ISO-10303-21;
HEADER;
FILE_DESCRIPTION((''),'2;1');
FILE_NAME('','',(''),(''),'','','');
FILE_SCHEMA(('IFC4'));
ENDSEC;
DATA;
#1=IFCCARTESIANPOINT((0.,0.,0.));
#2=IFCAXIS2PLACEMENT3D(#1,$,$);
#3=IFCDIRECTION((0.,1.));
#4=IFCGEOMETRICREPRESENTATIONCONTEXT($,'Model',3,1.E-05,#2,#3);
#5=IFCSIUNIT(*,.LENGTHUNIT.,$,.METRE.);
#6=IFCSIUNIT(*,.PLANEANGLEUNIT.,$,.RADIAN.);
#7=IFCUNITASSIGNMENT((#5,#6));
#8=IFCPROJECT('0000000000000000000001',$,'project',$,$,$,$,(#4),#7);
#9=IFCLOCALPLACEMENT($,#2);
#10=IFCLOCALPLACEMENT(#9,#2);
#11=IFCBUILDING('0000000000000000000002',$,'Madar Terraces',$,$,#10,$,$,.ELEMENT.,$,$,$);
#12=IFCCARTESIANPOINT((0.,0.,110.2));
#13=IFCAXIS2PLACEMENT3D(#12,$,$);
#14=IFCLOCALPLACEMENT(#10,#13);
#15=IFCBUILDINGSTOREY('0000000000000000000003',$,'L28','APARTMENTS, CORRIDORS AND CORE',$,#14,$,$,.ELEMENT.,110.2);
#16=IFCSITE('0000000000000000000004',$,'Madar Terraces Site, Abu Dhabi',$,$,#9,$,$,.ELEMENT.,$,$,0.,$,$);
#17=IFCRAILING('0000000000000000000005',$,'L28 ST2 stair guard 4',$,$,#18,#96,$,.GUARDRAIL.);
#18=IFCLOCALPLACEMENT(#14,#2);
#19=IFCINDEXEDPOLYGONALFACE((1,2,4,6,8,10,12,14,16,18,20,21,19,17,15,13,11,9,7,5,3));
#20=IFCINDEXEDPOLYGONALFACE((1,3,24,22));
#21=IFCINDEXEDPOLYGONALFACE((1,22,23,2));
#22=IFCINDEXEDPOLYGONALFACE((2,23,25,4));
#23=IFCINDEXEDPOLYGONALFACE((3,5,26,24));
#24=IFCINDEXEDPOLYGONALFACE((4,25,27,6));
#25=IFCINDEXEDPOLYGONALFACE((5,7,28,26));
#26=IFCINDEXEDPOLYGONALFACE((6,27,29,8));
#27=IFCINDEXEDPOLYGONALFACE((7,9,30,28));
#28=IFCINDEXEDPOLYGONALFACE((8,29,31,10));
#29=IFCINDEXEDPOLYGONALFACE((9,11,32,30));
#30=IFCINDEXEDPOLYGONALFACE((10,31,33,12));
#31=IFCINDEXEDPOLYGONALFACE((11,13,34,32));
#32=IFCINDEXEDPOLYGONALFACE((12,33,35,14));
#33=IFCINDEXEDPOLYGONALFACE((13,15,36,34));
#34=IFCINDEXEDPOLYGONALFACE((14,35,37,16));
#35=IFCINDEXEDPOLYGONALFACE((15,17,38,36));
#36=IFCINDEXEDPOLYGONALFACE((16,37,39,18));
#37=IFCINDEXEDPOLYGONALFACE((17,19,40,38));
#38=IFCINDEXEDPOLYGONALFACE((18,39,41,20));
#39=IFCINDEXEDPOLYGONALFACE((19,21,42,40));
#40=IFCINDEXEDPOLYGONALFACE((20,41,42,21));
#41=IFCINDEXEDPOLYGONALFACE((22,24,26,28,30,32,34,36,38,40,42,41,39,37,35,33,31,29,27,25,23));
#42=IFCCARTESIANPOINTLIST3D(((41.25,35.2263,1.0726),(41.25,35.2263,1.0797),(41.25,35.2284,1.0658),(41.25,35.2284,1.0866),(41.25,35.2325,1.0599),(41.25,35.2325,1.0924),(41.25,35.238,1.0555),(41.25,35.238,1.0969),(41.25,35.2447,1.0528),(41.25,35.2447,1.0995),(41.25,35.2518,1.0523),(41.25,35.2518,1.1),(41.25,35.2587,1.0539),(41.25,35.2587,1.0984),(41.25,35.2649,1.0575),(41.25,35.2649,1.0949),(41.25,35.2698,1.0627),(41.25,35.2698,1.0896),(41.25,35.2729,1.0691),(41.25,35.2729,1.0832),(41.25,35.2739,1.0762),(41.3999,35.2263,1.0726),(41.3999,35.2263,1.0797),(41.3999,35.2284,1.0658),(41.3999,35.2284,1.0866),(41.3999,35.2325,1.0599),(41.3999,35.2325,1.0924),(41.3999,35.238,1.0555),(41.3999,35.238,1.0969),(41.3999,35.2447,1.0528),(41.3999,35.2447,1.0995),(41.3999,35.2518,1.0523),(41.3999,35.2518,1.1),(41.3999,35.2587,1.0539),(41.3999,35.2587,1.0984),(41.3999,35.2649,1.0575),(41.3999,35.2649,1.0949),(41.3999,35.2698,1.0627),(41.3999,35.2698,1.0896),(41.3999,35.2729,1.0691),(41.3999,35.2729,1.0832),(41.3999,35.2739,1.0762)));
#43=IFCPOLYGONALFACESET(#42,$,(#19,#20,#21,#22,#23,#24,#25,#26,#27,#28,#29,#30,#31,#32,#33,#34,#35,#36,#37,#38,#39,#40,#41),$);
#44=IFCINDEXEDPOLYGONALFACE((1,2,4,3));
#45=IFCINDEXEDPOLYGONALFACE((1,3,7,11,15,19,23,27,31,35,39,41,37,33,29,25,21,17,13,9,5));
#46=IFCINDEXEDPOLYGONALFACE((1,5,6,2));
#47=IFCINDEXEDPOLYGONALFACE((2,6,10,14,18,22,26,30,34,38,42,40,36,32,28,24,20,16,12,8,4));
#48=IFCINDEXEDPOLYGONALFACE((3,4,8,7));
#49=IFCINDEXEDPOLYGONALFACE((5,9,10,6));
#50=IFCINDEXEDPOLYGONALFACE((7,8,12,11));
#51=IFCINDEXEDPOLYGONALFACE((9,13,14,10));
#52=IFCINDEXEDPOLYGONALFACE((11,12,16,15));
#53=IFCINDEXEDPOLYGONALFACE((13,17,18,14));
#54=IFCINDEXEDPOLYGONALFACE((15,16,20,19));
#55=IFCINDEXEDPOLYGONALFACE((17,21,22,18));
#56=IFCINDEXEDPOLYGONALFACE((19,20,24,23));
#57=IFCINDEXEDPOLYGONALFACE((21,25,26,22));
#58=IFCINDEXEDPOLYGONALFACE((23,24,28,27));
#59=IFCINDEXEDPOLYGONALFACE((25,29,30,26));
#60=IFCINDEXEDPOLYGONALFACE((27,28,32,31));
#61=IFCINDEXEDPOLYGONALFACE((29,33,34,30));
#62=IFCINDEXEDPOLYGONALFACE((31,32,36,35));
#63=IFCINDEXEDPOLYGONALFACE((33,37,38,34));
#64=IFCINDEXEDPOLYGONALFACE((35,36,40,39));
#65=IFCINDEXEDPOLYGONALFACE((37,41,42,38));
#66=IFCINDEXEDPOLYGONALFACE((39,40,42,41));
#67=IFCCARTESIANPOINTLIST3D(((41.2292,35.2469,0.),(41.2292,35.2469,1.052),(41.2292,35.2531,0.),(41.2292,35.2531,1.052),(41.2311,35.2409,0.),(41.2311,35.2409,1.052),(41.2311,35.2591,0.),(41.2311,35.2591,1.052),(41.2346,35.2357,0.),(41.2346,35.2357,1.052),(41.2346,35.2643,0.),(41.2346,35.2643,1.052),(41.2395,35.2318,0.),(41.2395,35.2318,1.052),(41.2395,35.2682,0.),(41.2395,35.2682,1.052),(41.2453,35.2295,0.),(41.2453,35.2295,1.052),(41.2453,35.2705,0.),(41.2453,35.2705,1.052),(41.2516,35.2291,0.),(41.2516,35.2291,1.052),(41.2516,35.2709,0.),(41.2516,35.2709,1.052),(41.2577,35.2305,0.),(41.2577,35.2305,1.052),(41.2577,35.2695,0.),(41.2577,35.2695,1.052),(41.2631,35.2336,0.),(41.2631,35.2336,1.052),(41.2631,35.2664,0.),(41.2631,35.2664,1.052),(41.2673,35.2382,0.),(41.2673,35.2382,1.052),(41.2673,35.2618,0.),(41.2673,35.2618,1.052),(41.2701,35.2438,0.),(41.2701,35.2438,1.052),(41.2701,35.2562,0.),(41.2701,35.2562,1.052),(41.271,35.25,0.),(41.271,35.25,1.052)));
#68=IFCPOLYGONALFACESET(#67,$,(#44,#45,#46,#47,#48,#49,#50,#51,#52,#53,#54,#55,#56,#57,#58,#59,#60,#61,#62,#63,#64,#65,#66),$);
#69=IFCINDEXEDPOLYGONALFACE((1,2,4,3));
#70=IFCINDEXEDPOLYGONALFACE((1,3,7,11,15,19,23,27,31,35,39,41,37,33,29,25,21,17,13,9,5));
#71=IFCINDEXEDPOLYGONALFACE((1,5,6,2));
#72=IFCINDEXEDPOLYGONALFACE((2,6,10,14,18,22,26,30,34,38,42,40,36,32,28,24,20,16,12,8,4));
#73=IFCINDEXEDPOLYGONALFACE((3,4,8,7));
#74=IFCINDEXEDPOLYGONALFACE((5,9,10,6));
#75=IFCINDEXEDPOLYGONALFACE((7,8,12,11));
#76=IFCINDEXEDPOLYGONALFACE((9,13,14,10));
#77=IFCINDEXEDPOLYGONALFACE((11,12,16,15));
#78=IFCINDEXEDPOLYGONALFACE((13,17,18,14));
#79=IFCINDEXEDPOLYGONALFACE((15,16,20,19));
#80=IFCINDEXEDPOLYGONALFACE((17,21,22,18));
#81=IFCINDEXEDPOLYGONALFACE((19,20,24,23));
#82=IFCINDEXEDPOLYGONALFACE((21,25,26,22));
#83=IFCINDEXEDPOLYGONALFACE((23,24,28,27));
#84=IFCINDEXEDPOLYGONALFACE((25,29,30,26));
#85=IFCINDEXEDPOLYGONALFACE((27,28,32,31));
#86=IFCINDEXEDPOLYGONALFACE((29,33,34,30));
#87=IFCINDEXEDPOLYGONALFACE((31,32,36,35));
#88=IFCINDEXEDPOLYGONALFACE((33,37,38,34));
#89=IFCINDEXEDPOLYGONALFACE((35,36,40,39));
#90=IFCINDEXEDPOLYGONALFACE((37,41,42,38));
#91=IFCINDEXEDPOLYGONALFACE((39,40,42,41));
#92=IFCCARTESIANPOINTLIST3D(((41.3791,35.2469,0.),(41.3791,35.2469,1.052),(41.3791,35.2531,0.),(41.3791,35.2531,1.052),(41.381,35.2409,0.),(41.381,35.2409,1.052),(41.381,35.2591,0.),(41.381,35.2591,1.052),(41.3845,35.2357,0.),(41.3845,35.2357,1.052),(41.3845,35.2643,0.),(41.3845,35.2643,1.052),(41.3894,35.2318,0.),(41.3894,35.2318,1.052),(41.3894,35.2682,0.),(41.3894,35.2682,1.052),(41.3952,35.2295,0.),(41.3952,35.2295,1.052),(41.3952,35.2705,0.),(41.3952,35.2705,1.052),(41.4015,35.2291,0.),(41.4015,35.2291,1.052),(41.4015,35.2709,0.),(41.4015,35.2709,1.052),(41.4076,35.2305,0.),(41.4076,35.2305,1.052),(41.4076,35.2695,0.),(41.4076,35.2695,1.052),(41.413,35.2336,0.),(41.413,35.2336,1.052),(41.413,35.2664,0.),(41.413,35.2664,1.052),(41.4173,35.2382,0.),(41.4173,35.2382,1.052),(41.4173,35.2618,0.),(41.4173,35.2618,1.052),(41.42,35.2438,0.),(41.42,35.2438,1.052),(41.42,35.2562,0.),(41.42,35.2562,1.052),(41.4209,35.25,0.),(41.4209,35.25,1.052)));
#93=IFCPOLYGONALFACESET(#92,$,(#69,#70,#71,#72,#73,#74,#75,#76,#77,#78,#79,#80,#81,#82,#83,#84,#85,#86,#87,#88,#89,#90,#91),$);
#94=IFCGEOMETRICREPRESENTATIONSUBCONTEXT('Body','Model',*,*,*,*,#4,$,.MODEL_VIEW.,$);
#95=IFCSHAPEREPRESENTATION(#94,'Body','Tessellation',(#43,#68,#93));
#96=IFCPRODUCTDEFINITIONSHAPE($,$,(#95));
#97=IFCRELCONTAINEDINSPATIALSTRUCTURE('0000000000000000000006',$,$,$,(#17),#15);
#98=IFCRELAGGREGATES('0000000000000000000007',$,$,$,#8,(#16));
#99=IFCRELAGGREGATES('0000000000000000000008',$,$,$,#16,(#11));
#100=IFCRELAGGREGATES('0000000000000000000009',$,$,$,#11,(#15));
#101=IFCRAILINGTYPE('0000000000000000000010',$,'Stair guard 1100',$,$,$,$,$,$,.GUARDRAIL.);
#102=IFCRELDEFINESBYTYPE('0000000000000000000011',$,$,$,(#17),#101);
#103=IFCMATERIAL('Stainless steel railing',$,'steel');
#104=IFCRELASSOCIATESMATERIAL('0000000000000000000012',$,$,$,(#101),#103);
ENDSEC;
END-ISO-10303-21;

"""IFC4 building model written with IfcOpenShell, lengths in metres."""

from ifc_helpers import new_model, si_unit, direction, frame, origin, origin_2d, place, context, subcontext, project, spatial, circle, extrude, material, type_object, element, save


model = new_model("IFC4")

# Units and contexts
model_context = context("Model", 3, precision=1e-05, world=origin(), true_north=direction((0.0, 1.0)))
body_context = subcontext(model_context, "Body", "Model", "MODEL_VIEW")
ifc_project = project(units=[si_unit("LENGTHUNIT", "METRE"), si_unit("PLANEANGLEUNIT", "RADIAN")], contexts=[model_context])

# Site, building, storey
site_placement = place(None, origin())
site = spatial("IfcSite", under=ifc_project, at=site_placement, Name="Madar Terraces Site, Abu Dhabi", CompositionType="ELEMENT", RefElevation=0.0)
building_placement = place(site_placement, origin())
building = spatial("IfcBuilding", under=site, at=building_placement, Name="Madar Terraces", CompositionType="ELEMENT")
storey_placement = place(building_placement, frame((0.0, 0.0, 110.2)))
storey = spatial("IfcBuildingStorey", under=building, at=storey_placement, Name="L28", Description="APARTMENTS, CORRIDORS AND CORE", CompositionType="ELEMENT", Elevation=110.2)

# Railing
ifc_material_1 = material(Name="Stainless steel railing", Category="steel")
railing_type_1 = type_object("IfcRailingType", Name="Stair guard 1100", PredefinedType="GUARDRAIL", material=ifc_material_1)
railing_1_placement = place(storey_placement, frame((41.25, 35.25, 0.0)))
element("IfcRailing", 1, at=railing_1_placement, inside=storey, type_object=railing_type_1, Name="L28 ST2 stair guard 4", PredefinedType="GUARDRAIL", context=body_context, shape_type="SweptSolid", body=[
    extrude(circle(Radius=0.0239, at=origin_2d()), frame((0.0, 0.0, 1.0762), z_axis=(1.0, 0.0, 0.0), x_axis=(0.0, 1.0, 0.0)), (0.0, 0.0, 1.0), 0.1499),
    extrude(circle(Radius=0.021, at=origin_2d()), origin(), (0.0, 0.0, 1.0), 1.052),
    extrude(circle(Radius=0.021, at=origin_2d()), frame((0.1499, 0.0, 0.0)), (0.0, 0.0, 1.0), 1.052),
])

save(model, "model.ifc")
